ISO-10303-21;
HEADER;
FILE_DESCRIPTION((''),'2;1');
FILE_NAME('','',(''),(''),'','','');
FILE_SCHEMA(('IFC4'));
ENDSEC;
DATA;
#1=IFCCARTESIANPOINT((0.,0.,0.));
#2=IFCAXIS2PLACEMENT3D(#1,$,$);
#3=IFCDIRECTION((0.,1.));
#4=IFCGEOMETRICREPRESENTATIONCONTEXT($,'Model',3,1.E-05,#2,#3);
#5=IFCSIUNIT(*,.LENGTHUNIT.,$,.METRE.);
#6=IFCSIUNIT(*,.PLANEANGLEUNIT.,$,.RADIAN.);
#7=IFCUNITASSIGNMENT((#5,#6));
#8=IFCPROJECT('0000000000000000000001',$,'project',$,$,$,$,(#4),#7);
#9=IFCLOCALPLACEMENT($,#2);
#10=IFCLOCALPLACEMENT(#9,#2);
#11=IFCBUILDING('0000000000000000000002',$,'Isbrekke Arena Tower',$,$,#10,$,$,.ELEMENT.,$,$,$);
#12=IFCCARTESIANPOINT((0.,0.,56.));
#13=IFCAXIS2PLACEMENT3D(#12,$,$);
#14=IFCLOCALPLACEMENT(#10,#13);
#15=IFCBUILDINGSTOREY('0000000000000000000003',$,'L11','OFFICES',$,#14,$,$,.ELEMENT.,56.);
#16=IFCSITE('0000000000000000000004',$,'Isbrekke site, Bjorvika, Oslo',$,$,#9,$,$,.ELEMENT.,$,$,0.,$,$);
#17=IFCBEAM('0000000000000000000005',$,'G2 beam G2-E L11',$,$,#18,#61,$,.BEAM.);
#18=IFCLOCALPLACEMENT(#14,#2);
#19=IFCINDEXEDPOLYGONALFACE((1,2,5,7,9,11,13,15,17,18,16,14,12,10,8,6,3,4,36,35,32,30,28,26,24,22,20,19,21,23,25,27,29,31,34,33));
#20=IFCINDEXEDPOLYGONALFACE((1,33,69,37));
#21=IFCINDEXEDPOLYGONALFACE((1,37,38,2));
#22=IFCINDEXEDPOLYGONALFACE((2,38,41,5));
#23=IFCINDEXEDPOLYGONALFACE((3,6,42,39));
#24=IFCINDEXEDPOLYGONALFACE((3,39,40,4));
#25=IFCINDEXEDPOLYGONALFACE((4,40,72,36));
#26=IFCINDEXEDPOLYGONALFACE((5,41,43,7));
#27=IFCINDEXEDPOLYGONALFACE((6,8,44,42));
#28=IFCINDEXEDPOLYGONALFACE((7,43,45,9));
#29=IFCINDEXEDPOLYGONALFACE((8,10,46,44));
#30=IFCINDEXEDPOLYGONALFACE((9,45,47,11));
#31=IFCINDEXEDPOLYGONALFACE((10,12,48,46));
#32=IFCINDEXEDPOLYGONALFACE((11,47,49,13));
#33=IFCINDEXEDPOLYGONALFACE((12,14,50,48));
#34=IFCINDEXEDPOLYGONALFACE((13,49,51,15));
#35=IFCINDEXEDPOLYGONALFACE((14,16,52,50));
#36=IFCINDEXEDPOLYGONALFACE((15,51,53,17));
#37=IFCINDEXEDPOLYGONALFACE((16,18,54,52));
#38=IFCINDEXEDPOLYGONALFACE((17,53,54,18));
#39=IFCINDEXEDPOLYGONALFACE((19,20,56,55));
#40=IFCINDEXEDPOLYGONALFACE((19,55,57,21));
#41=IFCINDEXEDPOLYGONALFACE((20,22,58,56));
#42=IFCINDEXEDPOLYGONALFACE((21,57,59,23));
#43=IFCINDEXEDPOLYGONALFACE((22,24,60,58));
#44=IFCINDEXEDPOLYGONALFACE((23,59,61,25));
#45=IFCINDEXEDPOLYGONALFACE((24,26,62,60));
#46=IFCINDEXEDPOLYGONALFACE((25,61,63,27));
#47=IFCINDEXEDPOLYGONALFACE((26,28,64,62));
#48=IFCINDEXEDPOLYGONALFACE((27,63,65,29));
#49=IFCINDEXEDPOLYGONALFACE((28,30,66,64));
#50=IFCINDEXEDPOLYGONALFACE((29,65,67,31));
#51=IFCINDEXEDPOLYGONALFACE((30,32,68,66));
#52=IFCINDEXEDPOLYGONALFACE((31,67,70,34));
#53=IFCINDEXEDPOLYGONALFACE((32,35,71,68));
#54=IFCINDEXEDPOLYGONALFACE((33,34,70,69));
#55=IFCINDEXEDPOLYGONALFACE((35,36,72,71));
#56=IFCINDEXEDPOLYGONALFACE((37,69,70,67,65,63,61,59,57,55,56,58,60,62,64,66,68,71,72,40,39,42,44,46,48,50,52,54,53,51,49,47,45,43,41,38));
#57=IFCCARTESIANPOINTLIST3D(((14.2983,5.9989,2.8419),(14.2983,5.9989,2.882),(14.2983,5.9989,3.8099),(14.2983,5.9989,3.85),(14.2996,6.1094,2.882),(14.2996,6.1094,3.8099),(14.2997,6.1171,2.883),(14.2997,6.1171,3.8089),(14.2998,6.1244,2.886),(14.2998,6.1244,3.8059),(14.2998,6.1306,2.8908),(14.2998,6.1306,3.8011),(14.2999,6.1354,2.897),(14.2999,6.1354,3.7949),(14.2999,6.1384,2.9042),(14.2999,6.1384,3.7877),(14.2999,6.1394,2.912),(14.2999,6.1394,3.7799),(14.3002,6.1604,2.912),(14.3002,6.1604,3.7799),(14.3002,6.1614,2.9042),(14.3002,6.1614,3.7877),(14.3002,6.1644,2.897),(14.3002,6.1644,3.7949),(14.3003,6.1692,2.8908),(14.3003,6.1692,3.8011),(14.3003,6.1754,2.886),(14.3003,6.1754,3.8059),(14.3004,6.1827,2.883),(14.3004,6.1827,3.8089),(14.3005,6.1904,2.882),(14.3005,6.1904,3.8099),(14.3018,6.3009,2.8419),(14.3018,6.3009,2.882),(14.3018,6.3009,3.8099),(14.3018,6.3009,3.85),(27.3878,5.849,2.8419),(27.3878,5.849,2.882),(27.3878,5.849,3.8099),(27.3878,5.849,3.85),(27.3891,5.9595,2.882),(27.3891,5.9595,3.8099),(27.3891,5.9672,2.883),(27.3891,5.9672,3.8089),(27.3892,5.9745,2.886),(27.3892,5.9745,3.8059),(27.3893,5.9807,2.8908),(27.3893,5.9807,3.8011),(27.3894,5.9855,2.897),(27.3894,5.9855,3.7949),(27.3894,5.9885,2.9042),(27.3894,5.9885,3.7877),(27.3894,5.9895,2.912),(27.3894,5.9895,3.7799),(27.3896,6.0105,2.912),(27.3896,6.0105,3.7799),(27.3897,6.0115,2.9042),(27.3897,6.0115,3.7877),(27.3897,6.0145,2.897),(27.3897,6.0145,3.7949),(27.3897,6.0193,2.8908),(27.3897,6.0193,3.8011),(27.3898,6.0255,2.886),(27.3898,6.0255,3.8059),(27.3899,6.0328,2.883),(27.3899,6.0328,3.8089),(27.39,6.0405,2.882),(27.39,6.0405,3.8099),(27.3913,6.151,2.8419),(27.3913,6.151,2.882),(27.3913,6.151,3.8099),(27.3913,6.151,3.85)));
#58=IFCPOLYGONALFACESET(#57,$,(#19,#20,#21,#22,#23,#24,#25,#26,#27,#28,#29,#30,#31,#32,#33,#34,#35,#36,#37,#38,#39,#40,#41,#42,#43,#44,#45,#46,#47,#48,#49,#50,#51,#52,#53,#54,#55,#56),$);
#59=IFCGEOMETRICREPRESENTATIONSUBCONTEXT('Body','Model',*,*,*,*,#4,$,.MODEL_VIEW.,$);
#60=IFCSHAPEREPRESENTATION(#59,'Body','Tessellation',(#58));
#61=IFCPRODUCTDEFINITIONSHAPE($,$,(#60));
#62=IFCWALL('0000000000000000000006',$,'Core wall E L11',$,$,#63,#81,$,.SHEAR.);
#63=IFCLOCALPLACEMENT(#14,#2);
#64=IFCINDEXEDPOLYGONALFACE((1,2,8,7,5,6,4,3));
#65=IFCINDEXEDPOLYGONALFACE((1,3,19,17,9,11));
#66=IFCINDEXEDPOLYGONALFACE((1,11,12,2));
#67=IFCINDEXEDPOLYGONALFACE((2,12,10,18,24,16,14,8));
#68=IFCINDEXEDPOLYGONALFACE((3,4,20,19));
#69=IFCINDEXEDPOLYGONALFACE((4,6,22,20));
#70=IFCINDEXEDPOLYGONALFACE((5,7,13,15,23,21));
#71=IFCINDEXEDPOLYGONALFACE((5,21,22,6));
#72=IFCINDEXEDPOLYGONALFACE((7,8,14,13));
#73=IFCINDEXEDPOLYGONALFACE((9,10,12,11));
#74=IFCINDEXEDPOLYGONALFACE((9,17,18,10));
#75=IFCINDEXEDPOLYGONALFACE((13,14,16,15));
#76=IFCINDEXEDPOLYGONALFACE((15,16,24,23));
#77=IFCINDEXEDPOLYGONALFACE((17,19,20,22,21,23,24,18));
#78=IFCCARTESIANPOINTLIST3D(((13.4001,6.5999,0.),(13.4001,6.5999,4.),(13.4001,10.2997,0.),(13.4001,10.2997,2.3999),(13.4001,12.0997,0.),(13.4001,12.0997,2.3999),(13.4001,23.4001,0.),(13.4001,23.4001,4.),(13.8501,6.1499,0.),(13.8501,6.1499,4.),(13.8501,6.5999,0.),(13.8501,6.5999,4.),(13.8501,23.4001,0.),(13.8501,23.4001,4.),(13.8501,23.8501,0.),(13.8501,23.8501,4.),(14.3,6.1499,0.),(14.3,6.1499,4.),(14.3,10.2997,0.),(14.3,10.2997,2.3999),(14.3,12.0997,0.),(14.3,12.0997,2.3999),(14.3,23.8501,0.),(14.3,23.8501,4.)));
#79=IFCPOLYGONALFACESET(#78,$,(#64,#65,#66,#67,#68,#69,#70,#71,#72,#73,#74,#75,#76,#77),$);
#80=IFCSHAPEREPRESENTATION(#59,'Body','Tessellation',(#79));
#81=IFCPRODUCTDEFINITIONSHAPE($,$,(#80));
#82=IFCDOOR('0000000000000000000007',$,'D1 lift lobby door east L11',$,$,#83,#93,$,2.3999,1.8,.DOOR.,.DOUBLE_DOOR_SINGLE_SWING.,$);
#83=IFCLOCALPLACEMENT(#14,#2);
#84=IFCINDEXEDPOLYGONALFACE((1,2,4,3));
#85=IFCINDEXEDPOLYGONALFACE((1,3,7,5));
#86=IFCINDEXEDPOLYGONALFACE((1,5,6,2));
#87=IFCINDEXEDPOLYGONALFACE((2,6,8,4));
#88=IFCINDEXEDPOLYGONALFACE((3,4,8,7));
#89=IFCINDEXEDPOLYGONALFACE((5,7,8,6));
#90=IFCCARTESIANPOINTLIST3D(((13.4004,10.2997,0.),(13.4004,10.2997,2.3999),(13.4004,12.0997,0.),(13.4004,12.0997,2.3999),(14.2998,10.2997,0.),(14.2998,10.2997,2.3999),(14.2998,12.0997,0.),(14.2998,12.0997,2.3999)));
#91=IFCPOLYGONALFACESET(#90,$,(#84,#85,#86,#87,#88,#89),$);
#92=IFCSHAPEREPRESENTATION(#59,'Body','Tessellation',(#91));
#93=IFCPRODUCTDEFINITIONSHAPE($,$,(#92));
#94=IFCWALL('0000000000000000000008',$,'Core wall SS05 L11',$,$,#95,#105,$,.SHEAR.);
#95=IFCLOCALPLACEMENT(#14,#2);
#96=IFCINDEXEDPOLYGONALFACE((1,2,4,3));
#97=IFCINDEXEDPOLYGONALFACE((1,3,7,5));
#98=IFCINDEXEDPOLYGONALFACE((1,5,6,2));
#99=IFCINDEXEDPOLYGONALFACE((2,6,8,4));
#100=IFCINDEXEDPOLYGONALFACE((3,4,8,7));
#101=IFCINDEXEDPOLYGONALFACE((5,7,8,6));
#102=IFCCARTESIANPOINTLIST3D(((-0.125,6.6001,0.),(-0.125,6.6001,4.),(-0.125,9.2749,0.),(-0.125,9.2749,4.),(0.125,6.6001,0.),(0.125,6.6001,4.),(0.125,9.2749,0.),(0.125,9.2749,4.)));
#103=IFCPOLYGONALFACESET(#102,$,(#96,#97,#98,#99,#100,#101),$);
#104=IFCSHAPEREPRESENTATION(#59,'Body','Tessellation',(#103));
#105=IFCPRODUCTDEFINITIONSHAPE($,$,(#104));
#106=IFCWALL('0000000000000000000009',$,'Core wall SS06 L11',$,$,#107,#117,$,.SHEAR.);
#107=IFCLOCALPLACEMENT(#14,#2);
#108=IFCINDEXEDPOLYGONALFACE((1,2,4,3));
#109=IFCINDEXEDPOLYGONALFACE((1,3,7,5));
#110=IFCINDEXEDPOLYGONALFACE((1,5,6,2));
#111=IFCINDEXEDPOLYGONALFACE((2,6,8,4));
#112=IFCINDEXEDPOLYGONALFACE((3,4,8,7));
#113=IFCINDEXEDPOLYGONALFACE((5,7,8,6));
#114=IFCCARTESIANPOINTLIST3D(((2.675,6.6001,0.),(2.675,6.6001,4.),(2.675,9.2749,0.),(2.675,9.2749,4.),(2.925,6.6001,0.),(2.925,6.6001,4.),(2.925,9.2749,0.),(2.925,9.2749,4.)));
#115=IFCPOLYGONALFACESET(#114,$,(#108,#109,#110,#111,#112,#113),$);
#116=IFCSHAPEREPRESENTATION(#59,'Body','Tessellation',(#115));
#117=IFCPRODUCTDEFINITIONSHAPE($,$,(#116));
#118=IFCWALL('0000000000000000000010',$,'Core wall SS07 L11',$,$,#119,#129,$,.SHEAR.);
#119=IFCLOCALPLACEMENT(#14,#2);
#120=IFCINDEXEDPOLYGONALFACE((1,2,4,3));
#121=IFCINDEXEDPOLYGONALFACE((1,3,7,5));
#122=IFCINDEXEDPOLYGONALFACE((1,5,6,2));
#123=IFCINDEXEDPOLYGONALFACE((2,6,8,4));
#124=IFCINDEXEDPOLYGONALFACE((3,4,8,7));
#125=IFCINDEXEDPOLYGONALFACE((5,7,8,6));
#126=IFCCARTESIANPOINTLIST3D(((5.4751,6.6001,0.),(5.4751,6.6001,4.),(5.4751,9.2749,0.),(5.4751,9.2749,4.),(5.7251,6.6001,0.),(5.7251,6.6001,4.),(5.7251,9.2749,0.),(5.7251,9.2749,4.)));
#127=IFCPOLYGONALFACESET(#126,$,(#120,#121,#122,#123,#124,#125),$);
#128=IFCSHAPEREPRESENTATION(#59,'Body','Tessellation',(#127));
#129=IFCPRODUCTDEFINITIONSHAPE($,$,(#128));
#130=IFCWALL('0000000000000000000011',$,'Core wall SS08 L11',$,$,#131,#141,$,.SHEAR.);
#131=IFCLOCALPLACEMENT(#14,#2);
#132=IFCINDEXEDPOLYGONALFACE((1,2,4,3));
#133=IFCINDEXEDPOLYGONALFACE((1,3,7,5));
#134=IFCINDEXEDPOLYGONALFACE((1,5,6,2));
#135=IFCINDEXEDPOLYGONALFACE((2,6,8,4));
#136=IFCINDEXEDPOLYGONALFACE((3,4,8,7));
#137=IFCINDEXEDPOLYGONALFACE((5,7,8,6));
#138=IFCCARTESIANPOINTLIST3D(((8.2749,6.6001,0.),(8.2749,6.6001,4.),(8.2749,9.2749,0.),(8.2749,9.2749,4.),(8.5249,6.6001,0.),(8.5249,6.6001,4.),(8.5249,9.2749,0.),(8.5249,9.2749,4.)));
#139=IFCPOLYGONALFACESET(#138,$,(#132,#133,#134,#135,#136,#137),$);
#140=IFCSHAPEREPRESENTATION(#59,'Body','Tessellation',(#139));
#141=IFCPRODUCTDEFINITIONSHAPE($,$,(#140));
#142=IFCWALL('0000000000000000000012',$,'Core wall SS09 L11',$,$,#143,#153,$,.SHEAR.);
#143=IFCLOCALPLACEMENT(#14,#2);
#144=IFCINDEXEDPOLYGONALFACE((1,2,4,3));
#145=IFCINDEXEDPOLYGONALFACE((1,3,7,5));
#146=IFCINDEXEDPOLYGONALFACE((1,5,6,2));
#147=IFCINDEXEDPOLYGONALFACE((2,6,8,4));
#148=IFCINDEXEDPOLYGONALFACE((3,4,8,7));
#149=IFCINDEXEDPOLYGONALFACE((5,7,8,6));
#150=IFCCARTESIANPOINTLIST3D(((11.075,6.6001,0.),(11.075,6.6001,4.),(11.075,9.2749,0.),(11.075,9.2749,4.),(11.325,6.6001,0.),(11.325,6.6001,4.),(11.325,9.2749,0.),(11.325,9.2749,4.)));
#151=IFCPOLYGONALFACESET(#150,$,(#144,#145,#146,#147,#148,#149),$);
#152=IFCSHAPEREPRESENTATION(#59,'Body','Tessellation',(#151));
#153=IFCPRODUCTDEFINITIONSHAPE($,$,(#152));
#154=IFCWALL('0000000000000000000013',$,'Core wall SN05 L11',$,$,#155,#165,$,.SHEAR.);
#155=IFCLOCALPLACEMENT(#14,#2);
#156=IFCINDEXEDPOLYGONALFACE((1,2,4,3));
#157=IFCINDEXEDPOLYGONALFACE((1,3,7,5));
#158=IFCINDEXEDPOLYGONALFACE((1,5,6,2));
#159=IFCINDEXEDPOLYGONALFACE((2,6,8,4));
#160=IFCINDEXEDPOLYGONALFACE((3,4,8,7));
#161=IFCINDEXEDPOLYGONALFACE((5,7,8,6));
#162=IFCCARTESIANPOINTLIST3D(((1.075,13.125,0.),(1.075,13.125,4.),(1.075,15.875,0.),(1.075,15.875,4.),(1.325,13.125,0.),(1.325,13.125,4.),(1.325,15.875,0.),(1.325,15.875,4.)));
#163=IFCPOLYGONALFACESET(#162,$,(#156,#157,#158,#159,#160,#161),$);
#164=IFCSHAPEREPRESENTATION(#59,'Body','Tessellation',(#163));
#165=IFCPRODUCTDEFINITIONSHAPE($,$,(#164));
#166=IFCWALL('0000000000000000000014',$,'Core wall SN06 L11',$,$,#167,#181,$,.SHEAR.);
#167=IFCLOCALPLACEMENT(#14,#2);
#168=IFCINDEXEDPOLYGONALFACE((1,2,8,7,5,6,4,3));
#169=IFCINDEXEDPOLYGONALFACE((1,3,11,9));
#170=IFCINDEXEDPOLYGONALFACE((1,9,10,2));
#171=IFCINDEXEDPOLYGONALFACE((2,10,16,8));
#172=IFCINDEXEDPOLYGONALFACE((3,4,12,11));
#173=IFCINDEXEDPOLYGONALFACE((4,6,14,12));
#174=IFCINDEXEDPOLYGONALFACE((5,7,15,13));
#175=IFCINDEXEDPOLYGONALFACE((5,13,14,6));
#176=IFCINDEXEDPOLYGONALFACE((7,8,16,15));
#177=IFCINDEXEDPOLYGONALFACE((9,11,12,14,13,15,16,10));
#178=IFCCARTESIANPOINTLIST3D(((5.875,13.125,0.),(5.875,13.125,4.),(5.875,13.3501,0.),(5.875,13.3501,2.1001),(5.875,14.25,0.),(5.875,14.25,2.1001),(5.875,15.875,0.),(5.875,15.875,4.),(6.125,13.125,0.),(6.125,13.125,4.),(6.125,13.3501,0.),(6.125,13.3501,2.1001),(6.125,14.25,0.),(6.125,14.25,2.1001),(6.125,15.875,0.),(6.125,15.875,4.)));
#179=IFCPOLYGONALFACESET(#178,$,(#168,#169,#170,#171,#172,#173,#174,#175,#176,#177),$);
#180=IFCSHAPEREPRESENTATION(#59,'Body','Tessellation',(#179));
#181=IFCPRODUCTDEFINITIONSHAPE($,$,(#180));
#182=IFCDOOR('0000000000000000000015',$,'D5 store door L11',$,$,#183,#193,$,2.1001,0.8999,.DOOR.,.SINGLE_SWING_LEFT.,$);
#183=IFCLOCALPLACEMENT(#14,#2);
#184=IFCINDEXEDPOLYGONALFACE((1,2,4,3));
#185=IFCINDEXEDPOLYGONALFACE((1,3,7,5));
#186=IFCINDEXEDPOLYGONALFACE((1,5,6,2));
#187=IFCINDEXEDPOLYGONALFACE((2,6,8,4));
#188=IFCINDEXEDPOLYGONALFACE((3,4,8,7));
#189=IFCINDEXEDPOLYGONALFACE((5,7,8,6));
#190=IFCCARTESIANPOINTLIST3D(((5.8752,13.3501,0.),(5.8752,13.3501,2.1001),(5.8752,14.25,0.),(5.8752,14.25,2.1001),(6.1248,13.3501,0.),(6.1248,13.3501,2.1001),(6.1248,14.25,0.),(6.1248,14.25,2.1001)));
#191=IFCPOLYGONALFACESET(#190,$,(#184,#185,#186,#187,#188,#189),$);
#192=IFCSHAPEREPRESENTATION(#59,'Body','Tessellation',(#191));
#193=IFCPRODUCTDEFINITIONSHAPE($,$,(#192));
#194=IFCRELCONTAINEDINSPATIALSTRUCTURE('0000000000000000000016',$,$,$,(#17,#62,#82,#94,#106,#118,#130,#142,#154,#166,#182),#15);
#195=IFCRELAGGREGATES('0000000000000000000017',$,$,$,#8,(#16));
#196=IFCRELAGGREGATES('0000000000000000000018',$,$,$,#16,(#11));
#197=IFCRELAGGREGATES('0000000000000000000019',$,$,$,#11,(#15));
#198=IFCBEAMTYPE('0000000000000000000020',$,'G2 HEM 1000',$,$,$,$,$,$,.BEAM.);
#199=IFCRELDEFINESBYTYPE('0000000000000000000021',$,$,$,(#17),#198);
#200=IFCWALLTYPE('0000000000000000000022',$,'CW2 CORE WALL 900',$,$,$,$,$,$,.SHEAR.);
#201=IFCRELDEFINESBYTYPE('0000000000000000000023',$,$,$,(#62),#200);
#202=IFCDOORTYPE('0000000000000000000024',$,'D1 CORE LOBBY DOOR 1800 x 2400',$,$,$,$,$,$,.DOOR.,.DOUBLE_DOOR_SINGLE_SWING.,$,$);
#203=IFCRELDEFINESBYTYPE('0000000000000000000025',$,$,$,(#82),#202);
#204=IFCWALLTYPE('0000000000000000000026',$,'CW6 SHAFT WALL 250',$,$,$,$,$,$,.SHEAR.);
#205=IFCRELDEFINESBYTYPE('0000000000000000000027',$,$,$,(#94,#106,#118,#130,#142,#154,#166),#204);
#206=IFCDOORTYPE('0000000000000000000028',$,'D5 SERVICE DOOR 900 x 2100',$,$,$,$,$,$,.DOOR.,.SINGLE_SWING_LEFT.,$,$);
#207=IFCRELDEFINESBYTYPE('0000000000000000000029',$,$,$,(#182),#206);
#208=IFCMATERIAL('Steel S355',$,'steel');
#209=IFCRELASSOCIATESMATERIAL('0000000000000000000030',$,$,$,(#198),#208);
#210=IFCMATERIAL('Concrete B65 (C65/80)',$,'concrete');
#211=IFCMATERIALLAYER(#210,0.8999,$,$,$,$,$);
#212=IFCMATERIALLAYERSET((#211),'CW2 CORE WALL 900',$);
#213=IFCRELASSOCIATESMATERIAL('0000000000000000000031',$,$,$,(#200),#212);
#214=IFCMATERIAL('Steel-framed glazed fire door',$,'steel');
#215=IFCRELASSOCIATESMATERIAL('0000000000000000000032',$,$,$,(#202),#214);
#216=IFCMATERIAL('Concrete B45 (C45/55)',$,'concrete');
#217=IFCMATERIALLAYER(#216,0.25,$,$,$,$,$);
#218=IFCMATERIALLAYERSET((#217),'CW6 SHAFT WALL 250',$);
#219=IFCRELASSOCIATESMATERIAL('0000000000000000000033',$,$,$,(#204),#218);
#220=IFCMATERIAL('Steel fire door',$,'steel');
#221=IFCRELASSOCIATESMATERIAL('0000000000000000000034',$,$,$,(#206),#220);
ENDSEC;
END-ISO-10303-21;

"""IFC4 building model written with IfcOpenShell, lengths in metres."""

from ifc_helpers import new_model, si_unit, direction, frame, frame_2d, origin, origin_2d, place, context, subcontext, project, spatial, polyline, rectangle, i_section, outline, extrude, material, layer, layer_set, material_profile, profile_set, type_object, element, fill, save


model = new_model("IFC4")

# Units and contexts
model_context = context("Model", 3, precision=1e-05, world=origin(), true_north=direction((0.0, 1.0)))
body_context = subcontext(model_context, "Body", "Model", "MODEL_VIEW")
ifc_project = project(units=[si_unit("LENGTHUNIT", "METRE"), si_unit("PLANEANGLEUNIT", "RADIAN")], contexts=[model_context])

# Site, building, storey
site_placement = place(None, origin())
site = spatial("IfcSite", under=ifc_project, at=site_placement, Name="Isbrekke site, Bjorvika, Oslo", CompositionType="ELEMENT", RefElevation=0.0)
building_placement = place(site_placement, origin())
building = spatial("IfcBuilding", under=site, at=building_placement, Name="Isbrekke Arena Tower", CompositionType="ELEMENT")
storey_placement = place(building_placement, frame((0.0, 0.0, 56.0)))
storey = spatial("IfcBuildingStorey", under=building, at=storey_placement, Name="L11", Description="OFFICES", CompositionType="ELEMENT", Elevation=56.0)

# Beam
ifc_material_1 = material(Name="Steel S355", Category="steel")
ifc_material_profile = material_profile(ifc_material_1, i_section(OverallWidth=0.302, OverallDepth=1.0081, WebThickness=0.021, FlangeThickness=0.04, FilletRadius=0.03, at=origin_2d()), Name="HEM 1000")
ifc_profile_set = profile_set([ifc_material_profile], Name="Steel S355")
beam_type = type_object("IfcBeamType", Name="G2 HEM 1000", PredefinedType="BEAM", material=ifc_profile_set)
beam_placement = place(storey_placement, frame((14.3, 6.1499, 3.3459), z_axis=(0.999934, -0.011451, 0.0), x_axis=(0.011451, 0.999934, 0.0)))
element("IfcBeam", 1, at=beam_placement, inside=storey, type_object=beam_type, Name="G2 beam G2-E L11", PredefinedType="BEAM", context=body_context, shape_type="SweptSolid", body=[
    extrude(i_section(OverallWidth=0.302, OverallDepth=1.0081, WebThickness=0.021, FlangeThickness=0.04, FilletRadius=0.03, at=origin_2d()), origin(), (0.0, 0.0, 1.0), 13.0903),
])

# Wall, opening, door
ifc_material_2 = material(Name="Concrete B65 (C65/80)", Category="concrete")
ifc_layer_1 = layer(ifc_material_2, 0.8999)
ifc_layer_set_1 = layer_set([ifc_layer_1], Name="CW2 CORE WALL 900")
wall_type_1 = type_object("IfcWallType", Name="CW2 CORE WALL 900", PredefinedType="SHEAR", material=ifc_layer_set_1)
wall_1_placement = place(storey_placement, frame((13.8501, 6.1499, 0.0), z_axis=(0.0, 0.0, 1.0), x_axis=(0.0, 1.0, 0.0)))
wall_1 = element("IfcWall", 2, at=wall_1_placement, inside=storey, type_object=wall_type_1, Name="Core wall E L11", PredefinedType="SHEAR", context=body_context, shape_type="SweptSolid", body=[
    extrude(outline(polyline([(0.0, -0.45), (17.7002, -0.45), (17.7002, 0.0), (17.2502, 0.0), (17.2502, 0.45), (0.45, 0.45), (0.45, 0.0), (0.0, 0.0), (0.0, -0.45)])), origin(), (0.0, 0.0, 1.0), 4.0),
])
opening_1_placement = place(wall_1_placement, frame((4.1499, 0.0, 0.0)))
opening_1 = element("IfcOpeningElement", 3, at=opening_1_placement, cuts=wall_1, PredefinedType="OPENING", context=body_context, shape_type="SweptSolid", body=[
    extrude(rectangle(XDim=1.8, YDim=2.3999, at=frame_2d((0.8999, 1.2))), frame((0.0, 0.4648, 0.0), z_axis=(0.0, -1.0, 0.0), x_axis=(1.0, 0.0, 0.0)), (0.0, 0.0, 1.0), 0.9297),
])
ifc_material_3 = material(Name="Steel-framed glazed fire door", Category="steel")
door_type_1 = type_object("IfcDoorType", Name="D1 CORE LOBBY DOOR 1800 x 2400", OperationType="DOUBLE_DOOR_SINGLE_SWING", PredefinedType="DOOR", material=ifc_material_3)
door_1_placement = place(opening_1_placement, origin())
door_1 = element("IfcDoor", 4, at=door_1_placement, inside=storey, type_object=door_type_1, Name="D1 lift lobby door east L11", OperationType="DOUBLE_DOOR_SINGLE_SWING", OverallHeight=2.3999, OverallWidth=1.8, PredefinedType="DOOR", context=body_context, shape_type="SweptSolid", body=[
    extrude(rectangle(XDim=1.8, YDim=2.3999, at=frame_2d((0.8999, 1.2))), frame((0.0, 0.4497, 0.0), z_axis=(0.0, -1.0, 0.0), x_axis=(1.0, 0.0, 0.0)), (0.0, 0.0, 1.0), 0.8994),
])
fill(opening_1, door_1)

# Walls
ifc_material_4 = material(Name="Concrete B45 (C45/55)", Category="concrete")
ifc_layer_2 = layer(ifc_material_4, 0.25)
ifc_layer_set_2 = layer_set([ifc_layer_2], Name="CW6 SHAFT WALL 250")
wall_type_2 = type_object("IfcWallType", Name="CW6 SHAFT WALL 250", PredefinedType="SHEAR", material=ifc_layer_set_2)
for number, where, z_axis, x_axis, name in (
    (5, (0.0, 6.6001, 0.0), (0.0, 0.0, 1.0), (0.0, 1.0, 0.0), "Core wall SS05 L11"),
    (6, (2.8, 6.6001, 0.0), (0.0, 0.0, 1.0), (0.0, 1.0, 0.0), "Core wall SS06 L11"),
    (7, (5.6001, 6.6001, 0.0), (0.0, 0.0, 1.0), (0.0, 1.0, 0.0), "Core wall SS07 L11"),
    (8, (8.3999, 6.6001, 0.0), (0.0, 0.0, 1.0), (0.0, 1.0, 0.0), "Core wall SS08 L11"),
    (9, (11.2, 6.6001, 0.0), (0.0, 0.0, 1.0), (0.0, 1.0, 0.0), "Core wall SS09 L11"),
):
    element("IfcWall", number, at=place(storey_placement, frame(where, z_axis=z_axis, x_axis=x_axis)), inside=storey, type_object=wall_type_2, Name=name, PredefinedType="SHEAR", context=body_context, shape_type="SweptSolid", body=[
        extrude(rectangle(XDim=2.6748, YDim=0.25, at=frame_2d((1.3374, 0.0))), origin(), (0.0, 0.0, 1.0), 4.0),
    ])
wall_2_placement = place(storey_placement, frame((1.2, 13.125, 0.0), z_axis=(0.0, 0.0, 1.0), x_axis=(0.0, 1.0, 0.0)))
element("IfcWall", 10, at=wall_2_placement, inside=storey, type_object=wall_type_2, Name="Core wall SN05 L11", PredefinedType="SHEAR", context=body_context, shape_type="SweptSolid", body=[
    extrude(rectangle(XDim=2.75, YDim=0.25, at=frame_2d((1.375, 0.0))), origin(), (0.0, 0.0, 1.0), 4.0),
])

# Wall, opening, door
wall_3_placement = place(storey_placement, frame((6.0, 13.125, 0.0), z_axis=(0.0, 0.0, 1.0), x_axis=(0.0, 1.0, 0.0)))
wall_3 = element("IfcWall", 11, at=wall_3_placement, inside=storey, type_object=wall_type_2, Name="Core wall SN06 L11", PredefinedType="SHEAR", context=body_context, shape_type="SweptSolid", body=[
    extrude(rectangle(XDim=2.75, YDim=0.25, at=frame_2d((1.375, 0.0))), origin(), (0.0, 0.0, 1.0), 4.0),
])
opening_2_placement = place(wall_3_placement, frame((0.2251, 0.0, 0.0)))
opening_2 = element("IfcOpeningElement", 12, at=opening_2_placement, cuts=wall_3, PredefinedType="OPENING", context=body_context, shape_type="SweptSolid", body=[
    extrude(rectangle(XDim=0.8999, YDim=2.1001, at=frame_2d((0.45, 1.05))), frame((0.0, 0.1399, 0.0), z_axis=(0.0, -1.0, 0.0), x_axis=(1.0, 0.0, 0.0)), (0.0, 0.0, 1.0), 0.2798),
])
ifc_material_5 = material(Name="Steel fire door", Category="steel")
door_type_2 = type_object("IfcDoorType", Name="D5 SERVICE DOOR 900 x 2100", OperationType="SINGLE_SWING_LEFT", PredefinedType="DOOR", material=ifc_material_5)
door_2_placement = place(opening_2_placement, frame((0.8999, 0.0, 0.0), z_axis=(0.0, 0.0, 1.0), x_axis=(-1.0, 0.0, 0.0)))
door_2 = element("IfcDoor", 13, at=door_2_placement, inside=storey, type_object=door_type_2, Name="D5 store door L11", OperationType="SINGLE_SWING_LEFT", OverallHeight=2.1001, OverallWidth=0.8999, PredefinedType="DOOR", context=body_context, shape_type="SweptSolid", body=[
    extrude(rectangle(XDim=0.8999, YDim=2.1001, at=frame_2d((0.45, 1.05))), frame((0.0, 0.1248, 0.0), z_axis=(0.0, -1.0, 0.0), x_axis=(1.0, 0.0, 0.0)), (0.0, 0.0, 1.0), 0.2495),
])
fill(opening_2, door_2)

save(model, "model.ifc")
